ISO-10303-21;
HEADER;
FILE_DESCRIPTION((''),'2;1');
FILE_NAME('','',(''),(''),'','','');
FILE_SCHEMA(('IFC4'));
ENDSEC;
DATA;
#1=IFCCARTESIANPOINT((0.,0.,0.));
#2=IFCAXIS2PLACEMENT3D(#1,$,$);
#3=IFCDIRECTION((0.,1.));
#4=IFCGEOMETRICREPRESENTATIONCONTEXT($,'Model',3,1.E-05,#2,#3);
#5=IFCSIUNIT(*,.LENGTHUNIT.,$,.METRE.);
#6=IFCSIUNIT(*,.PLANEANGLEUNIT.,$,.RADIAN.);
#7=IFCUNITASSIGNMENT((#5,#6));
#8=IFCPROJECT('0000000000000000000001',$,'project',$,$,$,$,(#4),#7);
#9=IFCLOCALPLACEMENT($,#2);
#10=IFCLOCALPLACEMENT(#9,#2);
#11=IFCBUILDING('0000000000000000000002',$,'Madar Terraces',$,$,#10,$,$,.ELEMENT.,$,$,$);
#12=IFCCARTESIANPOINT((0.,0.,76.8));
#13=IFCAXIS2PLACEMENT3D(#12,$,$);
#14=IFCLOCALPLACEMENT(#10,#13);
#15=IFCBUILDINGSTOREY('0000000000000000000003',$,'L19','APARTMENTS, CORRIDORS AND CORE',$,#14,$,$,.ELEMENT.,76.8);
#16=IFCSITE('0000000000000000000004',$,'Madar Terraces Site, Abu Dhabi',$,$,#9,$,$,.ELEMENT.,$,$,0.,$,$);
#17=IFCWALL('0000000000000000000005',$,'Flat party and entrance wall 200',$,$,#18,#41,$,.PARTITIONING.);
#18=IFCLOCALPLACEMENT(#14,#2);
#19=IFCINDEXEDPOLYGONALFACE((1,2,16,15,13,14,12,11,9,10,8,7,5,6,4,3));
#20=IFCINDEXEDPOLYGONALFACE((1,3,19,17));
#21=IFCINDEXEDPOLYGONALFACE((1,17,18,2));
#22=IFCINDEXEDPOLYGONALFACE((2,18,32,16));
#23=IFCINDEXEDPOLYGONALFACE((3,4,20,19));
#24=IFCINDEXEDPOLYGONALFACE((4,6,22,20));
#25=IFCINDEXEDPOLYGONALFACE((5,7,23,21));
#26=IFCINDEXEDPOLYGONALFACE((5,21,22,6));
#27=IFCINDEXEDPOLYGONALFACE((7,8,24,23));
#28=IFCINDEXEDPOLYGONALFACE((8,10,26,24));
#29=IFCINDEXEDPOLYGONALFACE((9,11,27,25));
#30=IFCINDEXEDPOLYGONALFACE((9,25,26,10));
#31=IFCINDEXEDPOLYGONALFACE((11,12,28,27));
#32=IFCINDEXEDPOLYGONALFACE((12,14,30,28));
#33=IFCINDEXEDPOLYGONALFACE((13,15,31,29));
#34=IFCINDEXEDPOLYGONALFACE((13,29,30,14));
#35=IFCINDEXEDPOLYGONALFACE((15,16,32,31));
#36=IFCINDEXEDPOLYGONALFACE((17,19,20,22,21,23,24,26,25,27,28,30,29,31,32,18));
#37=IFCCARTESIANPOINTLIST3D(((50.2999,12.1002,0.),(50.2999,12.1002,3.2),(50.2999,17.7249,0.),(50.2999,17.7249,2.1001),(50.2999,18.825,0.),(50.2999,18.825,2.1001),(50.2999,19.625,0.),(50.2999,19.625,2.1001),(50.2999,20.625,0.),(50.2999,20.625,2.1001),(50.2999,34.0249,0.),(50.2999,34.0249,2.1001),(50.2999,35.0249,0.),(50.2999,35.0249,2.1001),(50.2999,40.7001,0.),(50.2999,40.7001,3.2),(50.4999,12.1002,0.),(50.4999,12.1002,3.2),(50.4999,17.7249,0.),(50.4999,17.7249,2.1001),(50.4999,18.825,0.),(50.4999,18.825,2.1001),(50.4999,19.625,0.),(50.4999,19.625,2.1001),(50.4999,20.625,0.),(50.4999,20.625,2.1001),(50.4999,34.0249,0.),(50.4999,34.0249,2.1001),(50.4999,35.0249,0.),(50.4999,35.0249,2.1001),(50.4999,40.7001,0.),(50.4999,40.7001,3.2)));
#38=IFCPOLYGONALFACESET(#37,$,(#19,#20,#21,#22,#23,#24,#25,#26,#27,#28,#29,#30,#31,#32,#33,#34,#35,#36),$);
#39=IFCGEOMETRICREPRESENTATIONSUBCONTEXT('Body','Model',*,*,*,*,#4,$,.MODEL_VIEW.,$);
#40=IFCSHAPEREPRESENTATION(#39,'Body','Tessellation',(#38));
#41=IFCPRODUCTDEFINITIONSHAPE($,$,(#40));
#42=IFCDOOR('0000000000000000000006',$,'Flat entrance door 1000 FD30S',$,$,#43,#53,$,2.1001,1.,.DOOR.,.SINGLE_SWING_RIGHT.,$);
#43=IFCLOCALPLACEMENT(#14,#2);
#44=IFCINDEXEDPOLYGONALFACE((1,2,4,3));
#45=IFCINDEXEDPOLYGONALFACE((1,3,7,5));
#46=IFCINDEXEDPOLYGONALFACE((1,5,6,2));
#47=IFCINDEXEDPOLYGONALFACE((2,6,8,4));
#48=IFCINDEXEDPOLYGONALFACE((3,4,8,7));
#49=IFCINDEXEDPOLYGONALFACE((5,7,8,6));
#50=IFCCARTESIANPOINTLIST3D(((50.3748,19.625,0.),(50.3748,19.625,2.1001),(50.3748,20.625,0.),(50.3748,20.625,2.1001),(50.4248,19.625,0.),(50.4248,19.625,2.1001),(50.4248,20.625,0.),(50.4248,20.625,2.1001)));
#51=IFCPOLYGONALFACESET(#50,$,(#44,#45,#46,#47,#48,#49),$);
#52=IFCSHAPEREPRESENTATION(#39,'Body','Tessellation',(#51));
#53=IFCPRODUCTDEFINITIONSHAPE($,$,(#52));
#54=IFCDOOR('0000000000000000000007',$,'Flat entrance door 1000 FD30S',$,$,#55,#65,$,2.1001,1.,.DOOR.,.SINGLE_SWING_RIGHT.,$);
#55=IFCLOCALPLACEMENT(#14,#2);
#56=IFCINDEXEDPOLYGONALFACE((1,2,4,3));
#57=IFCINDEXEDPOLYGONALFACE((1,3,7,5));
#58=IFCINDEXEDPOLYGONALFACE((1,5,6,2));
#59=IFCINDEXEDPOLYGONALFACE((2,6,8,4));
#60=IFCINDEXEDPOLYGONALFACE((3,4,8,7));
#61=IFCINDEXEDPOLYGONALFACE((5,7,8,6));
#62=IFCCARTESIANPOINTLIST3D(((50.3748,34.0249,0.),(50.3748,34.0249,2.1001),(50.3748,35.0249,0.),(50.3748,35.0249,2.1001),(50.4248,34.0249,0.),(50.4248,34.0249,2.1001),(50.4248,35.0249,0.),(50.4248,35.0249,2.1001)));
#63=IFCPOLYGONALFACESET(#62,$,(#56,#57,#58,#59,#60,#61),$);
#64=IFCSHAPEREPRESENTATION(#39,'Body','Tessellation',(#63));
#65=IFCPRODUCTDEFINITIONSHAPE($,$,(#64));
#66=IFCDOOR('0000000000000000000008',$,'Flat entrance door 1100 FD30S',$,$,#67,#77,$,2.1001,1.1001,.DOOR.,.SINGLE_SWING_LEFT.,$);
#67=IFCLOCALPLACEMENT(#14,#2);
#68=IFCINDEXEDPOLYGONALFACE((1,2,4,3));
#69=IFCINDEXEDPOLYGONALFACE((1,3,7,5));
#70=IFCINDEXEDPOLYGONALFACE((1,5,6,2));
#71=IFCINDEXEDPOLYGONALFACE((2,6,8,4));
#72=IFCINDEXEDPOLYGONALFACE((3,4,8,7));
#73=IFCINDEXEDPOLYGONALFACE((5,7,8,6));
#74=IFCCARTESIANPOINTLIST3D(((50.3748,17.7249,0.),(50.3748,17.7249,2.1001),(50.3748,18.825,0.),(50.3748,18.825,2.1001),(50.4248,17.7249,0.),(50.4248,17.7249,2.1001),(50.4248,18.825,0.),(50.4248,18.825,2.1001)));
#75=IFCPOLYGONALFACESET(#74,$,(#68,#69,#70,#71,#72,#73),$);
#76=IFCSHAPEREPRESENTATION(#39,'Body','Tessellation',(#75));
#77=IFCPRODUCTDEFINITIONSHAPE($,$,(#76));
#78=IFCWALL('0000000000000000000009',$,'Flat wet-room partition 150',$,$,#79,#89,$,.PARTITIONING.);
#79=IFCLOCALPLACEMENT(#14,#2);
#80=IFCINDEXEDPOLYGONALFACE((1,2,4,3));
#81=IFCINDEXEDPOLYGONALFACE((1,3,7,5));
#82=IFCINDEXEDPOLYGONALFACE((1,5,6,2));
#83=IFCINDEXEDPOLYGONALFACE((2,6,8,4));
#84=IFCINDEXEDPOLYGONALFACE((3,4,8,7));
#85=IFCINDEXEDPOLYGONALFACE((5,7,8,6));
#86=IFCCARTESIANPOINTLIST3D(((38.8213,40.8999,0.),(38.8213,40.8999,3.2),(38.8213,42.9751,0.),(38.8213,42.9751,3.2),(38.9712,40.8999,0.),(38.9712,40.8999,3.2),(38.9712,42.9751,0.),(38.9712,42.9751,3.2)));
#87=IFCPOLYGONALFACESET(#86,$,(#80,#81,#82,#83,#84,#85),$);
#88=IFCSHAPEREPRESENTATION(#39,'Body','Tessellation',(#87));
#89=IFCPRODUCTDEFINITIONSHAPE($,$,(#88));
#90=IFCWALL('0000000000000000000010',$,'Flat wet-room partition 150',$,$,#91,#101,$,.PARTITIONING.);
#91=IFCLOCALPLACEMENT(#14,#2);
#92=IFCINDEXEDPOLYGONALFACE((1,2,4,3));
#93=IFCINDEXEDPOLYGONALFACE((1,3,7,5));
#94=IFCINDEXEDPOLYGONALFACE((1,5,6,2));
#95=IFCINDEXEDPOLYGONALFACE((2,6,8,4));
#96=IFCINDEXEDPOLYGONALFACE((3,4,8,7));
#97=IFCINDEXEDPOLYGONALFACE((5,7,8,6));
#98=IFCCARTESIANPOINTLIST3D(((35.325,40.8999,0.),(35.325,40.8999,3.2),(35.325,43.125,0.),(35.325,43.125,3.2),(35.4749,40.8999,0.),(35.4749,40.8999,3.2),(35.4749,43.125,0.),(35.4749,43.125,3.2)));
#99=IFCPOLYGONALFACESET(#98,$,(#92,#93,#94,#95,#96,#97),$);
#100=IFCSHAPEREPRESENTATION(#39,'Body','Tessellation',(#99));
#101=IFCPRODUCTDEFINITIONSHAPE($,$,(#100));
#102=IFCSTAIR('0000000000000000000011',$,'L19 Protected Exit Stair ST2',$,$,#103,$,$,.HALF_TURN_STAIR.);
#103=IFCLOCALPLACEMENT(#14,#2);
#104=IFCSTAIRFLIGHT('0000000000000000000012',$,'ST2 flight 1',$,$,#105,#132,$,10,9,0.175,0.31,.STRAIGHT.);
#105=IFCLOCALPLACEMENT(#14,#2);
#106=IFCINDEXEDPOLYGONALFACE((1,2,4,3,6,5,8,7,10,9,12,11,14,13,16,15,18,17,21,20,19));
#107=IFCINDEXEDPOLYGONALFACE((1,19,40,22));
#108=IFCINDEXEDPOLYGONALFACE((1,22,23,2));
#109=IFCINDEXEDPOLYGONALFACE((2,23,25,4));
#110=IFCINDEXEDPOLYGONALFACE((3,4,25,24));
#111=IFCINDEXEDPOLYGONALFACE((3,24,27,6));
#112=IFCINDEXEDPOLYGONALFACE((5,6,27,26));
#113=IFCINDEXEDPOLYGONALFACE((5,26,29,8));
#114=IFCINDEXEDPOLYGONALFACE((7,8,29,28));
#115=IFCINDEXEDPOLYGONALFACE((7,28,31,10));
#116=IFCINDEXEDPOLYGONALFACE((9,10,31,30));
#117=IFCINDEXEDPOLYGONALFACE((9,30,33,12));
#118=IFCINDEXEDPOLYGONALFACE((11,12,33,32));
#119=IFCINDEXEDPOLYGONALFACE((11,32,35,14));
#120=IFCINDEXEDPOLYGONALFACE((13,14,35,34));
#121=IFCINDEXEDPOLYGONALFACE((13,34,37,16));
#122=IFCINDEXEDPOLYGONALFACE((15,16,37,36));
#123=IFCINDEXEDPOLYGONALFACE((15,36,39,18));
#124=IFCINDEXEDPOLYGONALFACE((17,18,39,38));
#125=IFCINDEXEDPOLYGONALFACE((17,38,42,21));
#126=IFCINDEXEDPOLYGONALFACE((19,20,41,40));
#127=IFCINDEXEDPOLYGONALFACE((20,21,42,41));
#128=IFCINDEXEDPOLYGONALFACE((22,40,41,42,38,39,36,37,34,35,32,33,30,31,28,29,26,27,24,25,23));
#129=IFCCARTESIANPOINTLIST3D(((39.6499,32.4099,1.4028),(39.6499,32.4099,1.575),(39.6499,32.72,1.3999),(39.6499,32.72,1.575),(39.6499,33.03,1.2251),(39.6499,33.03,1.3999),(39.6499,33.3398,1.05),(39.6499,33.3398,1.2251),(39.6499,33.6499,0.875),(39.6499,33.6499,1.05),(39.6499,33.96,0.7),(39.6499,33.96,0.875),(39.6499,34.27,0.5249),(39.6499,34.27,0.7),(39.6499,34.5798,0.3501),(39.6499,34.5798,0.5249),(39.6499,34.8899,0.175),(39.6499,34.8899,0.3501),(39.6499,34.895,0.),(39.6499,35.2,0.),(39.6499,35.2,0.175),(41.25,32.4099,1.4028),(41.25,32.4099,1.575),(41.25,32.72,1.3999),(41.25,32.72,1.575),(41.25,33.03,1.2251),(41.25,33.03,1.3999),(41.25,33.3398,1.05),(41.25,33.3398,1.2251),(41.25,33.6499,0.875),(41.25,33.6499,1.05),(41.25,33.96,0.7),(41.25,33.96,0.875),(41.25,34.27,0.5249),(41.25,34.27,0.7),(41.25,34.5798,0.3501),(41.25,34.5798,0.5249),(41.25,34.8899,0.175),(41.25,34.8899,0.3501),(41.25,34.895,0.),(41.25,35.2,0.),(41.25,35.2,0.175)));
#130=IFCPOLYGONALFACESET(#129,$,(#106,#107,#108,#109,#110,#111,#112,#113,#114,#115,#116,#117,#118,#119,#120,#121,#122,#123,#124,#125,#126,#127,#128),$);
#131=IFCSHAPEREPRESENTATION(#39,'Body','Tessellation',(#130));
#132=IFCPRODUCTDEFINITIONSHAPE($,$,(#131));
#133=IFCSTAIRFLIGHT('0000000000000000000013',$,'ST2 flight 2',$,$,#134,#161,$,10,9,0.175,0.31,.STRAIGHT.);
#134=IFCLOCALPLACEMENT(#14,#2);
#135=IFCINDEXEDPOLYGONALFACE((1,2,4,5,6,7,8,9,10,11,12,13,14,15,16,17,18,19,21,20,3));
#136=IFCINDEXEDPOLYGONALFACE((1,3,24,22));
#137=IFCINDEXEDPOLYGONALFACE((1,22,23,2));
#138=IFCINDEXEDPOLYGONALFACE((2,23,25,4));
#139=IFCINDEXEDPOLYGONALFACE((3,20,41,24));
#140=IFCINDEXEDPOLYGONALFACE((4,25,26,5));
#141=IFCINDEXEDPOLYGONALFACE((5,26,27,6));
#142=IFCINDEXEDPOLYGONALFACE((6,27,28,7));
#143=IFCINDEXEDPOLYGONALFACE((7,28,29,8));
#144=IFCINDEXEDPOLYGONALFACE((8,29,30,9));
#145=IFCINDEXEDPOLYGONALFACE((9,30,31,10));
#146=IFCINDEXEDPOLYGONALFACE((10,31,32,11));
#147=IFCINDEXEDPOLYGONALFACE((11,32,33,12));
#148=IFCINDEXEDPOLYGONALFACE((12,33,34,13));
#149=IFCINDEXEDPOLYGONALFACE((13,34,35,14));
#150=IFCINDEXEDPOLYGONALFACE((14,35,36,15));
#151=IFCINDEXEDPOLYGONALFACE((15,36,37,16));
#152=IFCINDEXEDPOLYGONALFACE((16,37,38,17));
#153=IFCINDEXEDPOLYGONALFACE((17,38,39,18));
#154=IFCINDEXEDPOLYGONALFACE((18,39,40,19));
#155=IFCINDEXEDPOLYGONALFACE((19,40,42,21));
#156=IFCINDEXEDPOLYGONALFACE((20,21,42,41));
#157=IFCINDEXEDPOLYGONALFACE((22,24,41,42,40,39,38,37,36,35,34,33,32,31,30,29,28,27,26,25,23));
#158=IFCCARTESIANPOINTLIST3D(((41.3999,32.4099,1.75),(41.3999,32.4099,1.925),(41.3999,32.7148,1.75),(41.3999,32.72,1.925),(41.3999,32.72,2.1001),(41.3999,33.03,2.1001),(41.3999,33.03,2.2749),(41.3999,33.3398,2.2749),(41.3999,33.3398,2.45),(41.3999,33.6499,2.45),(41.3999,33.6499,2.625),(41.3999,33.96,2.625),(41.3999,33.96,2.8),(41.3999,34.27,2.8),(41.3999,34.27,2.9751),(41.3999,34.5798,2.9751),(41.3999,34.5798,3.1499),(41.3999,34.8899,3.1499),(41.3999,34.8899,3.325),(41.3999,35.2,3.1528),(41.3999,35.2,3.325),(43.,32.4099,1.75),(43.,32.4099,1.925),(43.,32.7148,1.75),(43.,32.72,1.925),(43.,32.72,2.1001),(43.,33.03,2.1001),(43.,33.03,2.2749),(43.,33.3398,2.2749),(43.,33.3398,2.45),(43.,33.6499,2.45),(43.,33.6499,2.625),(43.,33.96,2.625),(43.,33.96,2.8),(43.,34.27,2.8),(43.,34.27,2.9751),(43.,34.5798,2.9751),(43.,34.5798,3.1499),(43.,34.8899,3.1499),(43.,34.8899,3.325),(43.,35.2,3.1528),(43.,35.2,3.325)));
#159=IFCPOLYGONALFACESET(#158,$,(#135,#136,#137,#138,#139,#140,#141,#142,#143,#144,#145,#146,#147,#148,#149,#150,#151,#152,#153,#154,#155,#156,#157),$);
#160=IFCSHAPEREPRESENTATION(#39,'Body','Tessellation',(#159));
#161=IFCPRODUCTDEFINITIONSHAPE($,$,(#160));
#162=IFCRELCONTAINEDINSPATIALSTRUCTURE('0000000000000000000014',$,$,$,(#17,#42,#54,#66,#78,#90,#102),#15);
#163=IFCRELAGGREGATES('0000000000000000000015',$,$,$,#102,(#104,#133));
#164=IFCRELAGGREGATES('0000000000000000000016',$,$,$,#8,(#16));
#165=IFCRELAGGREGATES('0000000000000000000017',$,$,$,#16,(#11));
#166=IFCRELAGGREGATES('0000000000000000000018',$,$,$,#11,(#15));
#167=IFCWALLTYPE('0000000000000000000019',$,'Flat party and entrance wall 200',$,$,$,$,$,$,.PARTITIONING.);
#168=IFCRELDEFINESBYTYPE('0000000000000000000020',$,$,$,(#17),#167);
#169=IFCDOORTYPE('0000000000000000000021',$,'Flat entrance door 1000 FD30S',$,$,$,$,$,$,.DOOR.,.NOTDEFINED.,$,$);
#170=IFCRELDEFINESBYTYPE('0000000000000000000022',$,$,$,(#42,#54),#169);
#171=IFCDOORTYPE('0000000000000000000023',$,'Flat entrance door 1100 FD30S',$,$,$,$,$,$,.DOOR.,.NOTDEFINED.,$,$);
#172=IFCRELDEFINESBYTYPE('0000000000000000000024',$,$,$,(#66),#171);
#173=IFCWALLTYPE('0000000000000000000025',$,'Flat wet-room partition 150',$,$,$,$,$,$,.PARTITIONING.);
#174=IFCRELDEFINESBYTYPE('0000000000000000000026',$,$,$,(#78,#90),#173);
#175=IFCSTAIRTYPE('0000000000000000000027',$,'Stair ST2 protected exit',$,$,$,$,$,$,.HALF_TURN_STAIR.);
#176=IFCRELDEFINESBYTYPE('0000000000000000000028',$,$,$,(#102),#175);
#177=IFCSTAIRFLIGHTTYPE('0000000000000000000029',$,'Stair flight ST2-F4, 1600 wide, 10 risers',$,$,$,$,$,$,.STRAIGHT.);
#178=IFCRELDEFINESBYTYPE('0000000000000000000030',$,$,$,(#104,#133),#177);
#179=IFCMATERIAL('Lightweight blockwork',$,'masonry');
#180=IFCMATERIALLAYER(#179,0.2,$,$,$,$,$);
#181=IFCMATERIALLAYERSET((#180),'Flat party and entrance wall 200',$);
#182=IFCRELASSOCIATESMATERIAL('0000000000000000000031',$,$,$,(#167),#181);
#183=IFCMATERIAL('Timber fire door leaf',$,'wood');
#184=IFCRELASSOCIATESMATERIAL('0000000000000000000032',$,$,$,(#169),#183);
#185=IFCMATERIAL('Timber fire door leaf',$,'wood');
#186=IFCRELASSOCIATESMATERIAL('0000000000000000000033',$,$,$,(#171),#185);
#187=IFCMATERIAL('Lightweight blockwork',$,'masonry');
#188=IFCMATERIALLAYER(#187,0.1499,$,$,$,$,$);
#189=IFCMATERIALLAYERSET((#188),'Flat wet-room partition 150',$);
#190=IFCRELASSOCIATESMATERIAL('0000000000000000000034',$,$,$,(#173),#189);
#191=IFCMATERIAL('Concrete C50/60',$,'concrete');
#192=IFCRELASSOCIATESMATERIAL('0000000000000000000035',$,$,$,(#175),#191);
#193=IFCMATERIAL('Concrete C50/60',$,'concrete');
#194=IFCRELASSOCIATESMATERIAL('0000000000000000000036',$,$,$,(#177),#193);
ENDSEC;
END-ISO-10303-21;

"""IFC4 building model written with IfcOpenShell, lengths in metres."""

from ifc_helpers import new_model, si_unit, direction, frame, frame_2d, origin, place, context, subcontext, project, spatial, polyline, rectangle, outline, extrude, material, layer, layer_set, type_object, element, fill, aggregate, save


model = new_model("IFC4")

# Units and contexts
model_context = context("Model", 3, precision=1e-05, world=origin(), true_north=direction((0.0, 1.0)))
body_context = subcontext(model_context, "Body", "Model", "MODEL_VIEW")
ifc_project = project(units=[si_unit("LENGTHUNIT", "METRE"), si_unit("PLANEANGLEUNIT", "RADIAN")], contexts=[model_context])

# Site, building, storey
site_placement = place(None, origin())
site = spatial("IfcSite", under=ifc_project, at=site_placement, Name="Madar Terraces Site, Abu Dhabi", CompositionType="ELEMENT", RefElevation=0.0)
building_placement = place(site_placement, origin())
building = spatial("IfcBuilding", under=site, at=building_placement, Name="Madar Terraces", CompositionType="ELEMENT")
storey_placement = place(building_placement, frame((0.0, 0.0, 76.8)))
storey = spatial("IfcBuildingStorey", under=building, at=storey_placement, Name="L19", Description="APARTMENTS, CORRIDORS AND CORE", CompositionType="ELEMENT", Elevation=76.8)

# Wall, openings, doors
ifc_material_1 = material(Name="Lightweight blockwork", Category="masonry")
ifc_layer_1 = layer(ifc_material_1, 0.2)
ifc_layer_set_1 = layer_set([ifc_layer_1], Name="Flat party and entrance wall 200")
wall_type_1 = type_object("IfcWallType", Name="Flat party and entrance wall 200", PredefinedType="PARTITIONING", material=ifc_layer_set_1)
wall_1_placement = place(storey_placement, frame((50.3999, 40.7, 0.0), z_axis=(0.0, 0.0, 1.0), x_axis=(0.0, -1.0, 0.0)))
wall_1 = element("IfcWall", 1, at=wall_1_placement, inside=storey, type_object=wall_type_1, Name="Flat party and entrance wall 200", PredefinedType="PARTITIONING", context=body_context, shape_type="SweptSolid", body=[
    extrude(rectangle(XDim=28.5999, YDim=0.2, at=frame_2d((14.2998, 0.0))), origin(), (0.0, 0.0, 1.0), 3.2),
])
opening_1_placement = place(wall_1_placement, frame((21.875, 0.0, 0.0)))
opening_1 = element("IfcOpeningElement", 2, at=opening_1_placement, cuts=wall_1, PredefinedType="OPENING", context=body_context, shape_type="SweptSolid", body=[
    extrude(rectangle(XDim=1.1001, YDim=2.1001, at=frame_2d((0.55, 1.05))), frame((0.0, 0.1099, 0.0), z_axis=(0.0, -1.0, 0.0), x_axis=(1.0, 0.0, 0.0)), (0.0, 0.0, 1.0), 0.22),
])
opening_2_placement = place(wall_1_placement, frame((20.075, 0.0, 0.0)))
opening_2 = element("IfcOpeningElement", 3, at=opening_2_placement, cuts=wall_1, PredefinedType="OPENING", context=body_context, shape_type="SweptSolid", body=[
    extrude(rectangle(XDim=1.0, YDim=2.1001, at=frame_2d((0.5, 1.05))), frame((0.0, 0.1099, 0.0), z_axis=(0.0, -1.0, 0.0), x_axis=(1.0, 0.0, 0.0)), (0.0, 0.0, 1.0), 0.22),
])
opening_3_placement = place(wall_1_placement, frame((5.675, 0.0, 0.0)))
opening_3 = element("IfcOpeningElement", 4, at=opening_3_placement, cuts=wall_1, PredefinedType="OPENING", context=body_context, shape_type="SweptSolid", body=[
    extrude(rectangle(XDim=1.0, YDim=2.1001, at=frame_2d((0.5, 1.05))), frame((0.0, 0.1099, 0.0), z_axis=(0.0, -1.0, 0.0), x_axis=(1.0, 0.0, 0.0)), (0.0, 0.0, 1.0), 0.22),
])
ifc_material_2 = material(Name="Timber fire door leaf", Category="wood")
door_type_1 = type_object("IfcDoorType", Name="Flat entrance door 1000 FD30S", OperationType="NOTDEFINED", PredefinedType="DOOR", material=ifc_material_2)
door_1_placement = place(opening_2_placement, origin())
door_1 = element("IfcDoor", 5, at=door_1_placement, inside=storey, type_object=door_type_1, Name="Flat entrance door 1000 FD30S", OperationType="SINGLE_SWING_RIGHT", OverallHeight=2.1001, OverallWidth=1.0, PredefinedType="DOOR", context=body_context, shape_type="SweptSolid", body=[
    extrude(rectangle(XDim=1.0, YDim=2.1001, at=frame_2d((0.5, 1.05))), frame((0.0, 0.0249, 0.0), z_axis=(0.0, -1.0, 0.0), x_axis=(1.0, 0.0, 0.0)), (0.0, 0.0, 1.0), 0.05),
])
fill(opening_2, door_1)
door_2_placement = place(opening_3_placement, origin())
door_2 = element("IfcDoor", 6, at=door_2_placement, inside=storey, type_object=door_type_1, Name="Flat entrance door 1000 FD30S", OperationType="SINGLE_SWING_RIGHT", OverallHeight=2.1001, OverallWidth=1.0, PredefinedType="DOOR", context=body_context, shape_type="SweptSolid", body=[
    extrude(rectangle(XDim=1.0, YDim=2.1001, at=frame_2d((0.5, 1.05))), frame((0.0, 0.0249, 0.0), z_axis=(0.0, -1.0, 0.0), x_axis=(1.0, 0.0, 0.0)), (0.0, 0.0, 1.0), 0.05),
])
fill(opening_3, door_2)
ifc_material_3 = material(Name="Timber fire door leaf", Category="wood")
door_type_2 = type_object("IfcDoorType", Name="Flat entrance door 1100 FD30S", OperationType="NOTDEFINED", PredefinedType="DOOR", material=ifc_material_3)
door_3_placement = place(opening_1_placement, origin())
door_3 = element("IfcDoor", 7, at=door_3_placement, inside=storey, type_object=door_type_2, Name="Flat entrance door 1100 FD30S", OperationType="SINGLE_SWING_LEFT", OverallHeight=2.1001, OverallWidth=1.1001, PredefinedType="DOOR", context=body_context, shape_type="SweptSolid", body=[
    extrude(rectangle(XDim=1.1001, YDim=2.1001, at=frame_2d((0.55, 1.05))), frame((0.0, 0.0249, 0.0), z_axis=(0.0, -1.0, 0.0), x_axis=(1.0, 0.0, 0.0)), (0.0, 0.0, 1.0), 0.05),
])
fill(opening_1, door_3)

# Walls
ifc_material_4 = material(Name="Lightweight blockwork", Category="masonry")
ifc_layer_2 = layer(ifc_material_4, 0.1499)
ifc_layer_set_2 = layer_set([ifc_layer_2], Name="Flat wet-room partition 150")
wall_type_2 = type_object("IfcWallType", Name="Flat wet-room partition 150", PredefinedType="PARTITIONING", material=ifc_layer_set_2)
wall_2_placement = place(storey_placement, frame((38.8962, 40.8999, 0.0), z_axis=(0.0, 0.0, 1.0), x_axis=(0.0, 1.0, 0.0)))
element("IfcWall", 8, at=wall_2_placement, inside=storey, type_object=wall_type_2, Name="Flat wet-room partition 150", PredefinedType="PARTITIONING", context=body_context, shape_type="SweptSolid", body=[
    extrude(rectangle(XDim=2.0752, YDim=0.1499, at=frame_2d((1.0376, 0.0))), origin(), (0.0, 0.0, 1.0), 3.2),
])
wall_3_placement = place(storey_placement, frame((35.3999, 40.8999, 0.0), z_axis=(0.0, 0.0, 1.0), x_axis=(0.0, 1.0, 0.0)))
element("IfcWall", 9, at=wall_3_placement, inside=storey, type_object=wall_type_2, Name="Flat wet-room partition 150", PredefinedType="PARTITIONING", context=body_context, shape_type="SweptSolid", body=[
    extrude(rectangle(XDim=2.2251, YDim=0.1499, at=frame_2d((1.1125, 0.0))), origin(), (0.0, 0.0, 1.0), 3.2),
])

# Stair, stair flights
ifc_material_5 = material(Name="Concrete C50/60", Category="concrete")
stair_type = type_object("IfcStairType", Name="Stair ST2 protected exit", PredefinedType="HALF_TURN_STAIR", material=ifc_material_5)
stair_placement = place(storey_placement, origin())
stair = element("IfcStair", 10, at=stair_placement, inside=storey, type_object=stair_type, Name="L19 Protected Exit Stair ST2", PredefinedType="HALF_TURN_STAIR")
ifc_material_6 = material(Name="Concrete C50/60", Category="concrete")
stair_flight_type = type_object("IfcStairFlightType", Name="Stair flight ST2-F4, 1600 wide, 10 risers", PredefinedType="STRAIGHT", material=ifc_material_6)
stair_flight_1_placement = place(storey_placement, frame((40.45, 35.2, 0.0), z_axis=(0.0, 0.0, 1.0), x_axis=(0.0, -1.0, 0.0)))
stair_flight_1 = element("IfcStairFlight", 11, at=stair_flight_1_placement, type_object=stair_flight_type, Name="ST2 flight 1", NumberOfRisers=10, NumberOfTreads=9, PredefinedType="STRAIGHT", RiserHeight=0.175, TreadLength=0.31, context=body_context, shape_type="SweptSolid", body=[
    extrude(outline(polyline([(0.0, 0.0), (0.0, 0.175), (0.3101, 0.175), (0.3101, 0.3501), (0.6201, 0.3501), (0.6201, 0.5249), (0.9299, 0.5249), (0.9299, 0.7), (1.24, 0.7), (1.24, 0.875), (1.55, 0.875), (1.55, 1.05), (1.8601, 1.05), (1.8601, 1.2251), (2.1699, 1.2251), (2.1699, 1.3999), (2.48, 1.3999), (2.48, 1.575), (2.79, 1.575), (2.79, 1.75), (2.79, 1.4028), (0.3049, 0.0), (0.0, 0.0)])), frame((0.0, 0.8, 0.0), z_axis=(0.0, -1.0, 0.0), x_axis=(1.0, 0.0, 0.0)), (0.0, 0.0, 1.0), 1.6001),
])
stair_flight_2_placement = place(storey_placement, frame((42.2, 32.4099, 1.75), z_axis=(0.0, 0.0, 1.0), x_axis=(0.0, 1.0, 0.0)))
stair_flight_2 = element("IfcStairFlight", 12, at=stair_flight_2_placement, type_object=stair_flight_type, Name="ST2 flight 2", NumberOfRisers=10, NumberOfTreads=9, PredefinedType="STRAIGHT", RiserHeight=0.175, TreadLength=0.31, context=body_context, shape_type="SweptSolid", body=[
    extrude(outline(polyline([(0.0, 0.0), (0.0, 0.175), (0.3101, 0.175), (0.3101, 0.3501), (0.6201, 0.3501), (0.6201, 0.5249), (0.9299, 0.5249), (0.9299, 0.7), (1.24, 0.7), (1.24, 0.875), (1.55, 0.875), (1.55, 1.05), (1.8601, 1.05), (1.8601, 1.2251), (2.1699, 1.2251), (2.1699, 1.3999), (2.48, 1.3999), (2.48, 1.575), (2.79, 1.575), (2.79, 1.75), (2.79, 1.4028), (0.3049, 0.0), (0.0, 0.0)])), frame((0.0, 0.8, 0.0), z_axis=(0.0, -1.0, 0.0), x_axis=(1.0, 0.0, 0.0)), (0.0, 0.0, 1.0), 1.6001),
])
aggregate(stair, [stair_flight_1, stair_flight_2])

save(model, "model.ifc")
